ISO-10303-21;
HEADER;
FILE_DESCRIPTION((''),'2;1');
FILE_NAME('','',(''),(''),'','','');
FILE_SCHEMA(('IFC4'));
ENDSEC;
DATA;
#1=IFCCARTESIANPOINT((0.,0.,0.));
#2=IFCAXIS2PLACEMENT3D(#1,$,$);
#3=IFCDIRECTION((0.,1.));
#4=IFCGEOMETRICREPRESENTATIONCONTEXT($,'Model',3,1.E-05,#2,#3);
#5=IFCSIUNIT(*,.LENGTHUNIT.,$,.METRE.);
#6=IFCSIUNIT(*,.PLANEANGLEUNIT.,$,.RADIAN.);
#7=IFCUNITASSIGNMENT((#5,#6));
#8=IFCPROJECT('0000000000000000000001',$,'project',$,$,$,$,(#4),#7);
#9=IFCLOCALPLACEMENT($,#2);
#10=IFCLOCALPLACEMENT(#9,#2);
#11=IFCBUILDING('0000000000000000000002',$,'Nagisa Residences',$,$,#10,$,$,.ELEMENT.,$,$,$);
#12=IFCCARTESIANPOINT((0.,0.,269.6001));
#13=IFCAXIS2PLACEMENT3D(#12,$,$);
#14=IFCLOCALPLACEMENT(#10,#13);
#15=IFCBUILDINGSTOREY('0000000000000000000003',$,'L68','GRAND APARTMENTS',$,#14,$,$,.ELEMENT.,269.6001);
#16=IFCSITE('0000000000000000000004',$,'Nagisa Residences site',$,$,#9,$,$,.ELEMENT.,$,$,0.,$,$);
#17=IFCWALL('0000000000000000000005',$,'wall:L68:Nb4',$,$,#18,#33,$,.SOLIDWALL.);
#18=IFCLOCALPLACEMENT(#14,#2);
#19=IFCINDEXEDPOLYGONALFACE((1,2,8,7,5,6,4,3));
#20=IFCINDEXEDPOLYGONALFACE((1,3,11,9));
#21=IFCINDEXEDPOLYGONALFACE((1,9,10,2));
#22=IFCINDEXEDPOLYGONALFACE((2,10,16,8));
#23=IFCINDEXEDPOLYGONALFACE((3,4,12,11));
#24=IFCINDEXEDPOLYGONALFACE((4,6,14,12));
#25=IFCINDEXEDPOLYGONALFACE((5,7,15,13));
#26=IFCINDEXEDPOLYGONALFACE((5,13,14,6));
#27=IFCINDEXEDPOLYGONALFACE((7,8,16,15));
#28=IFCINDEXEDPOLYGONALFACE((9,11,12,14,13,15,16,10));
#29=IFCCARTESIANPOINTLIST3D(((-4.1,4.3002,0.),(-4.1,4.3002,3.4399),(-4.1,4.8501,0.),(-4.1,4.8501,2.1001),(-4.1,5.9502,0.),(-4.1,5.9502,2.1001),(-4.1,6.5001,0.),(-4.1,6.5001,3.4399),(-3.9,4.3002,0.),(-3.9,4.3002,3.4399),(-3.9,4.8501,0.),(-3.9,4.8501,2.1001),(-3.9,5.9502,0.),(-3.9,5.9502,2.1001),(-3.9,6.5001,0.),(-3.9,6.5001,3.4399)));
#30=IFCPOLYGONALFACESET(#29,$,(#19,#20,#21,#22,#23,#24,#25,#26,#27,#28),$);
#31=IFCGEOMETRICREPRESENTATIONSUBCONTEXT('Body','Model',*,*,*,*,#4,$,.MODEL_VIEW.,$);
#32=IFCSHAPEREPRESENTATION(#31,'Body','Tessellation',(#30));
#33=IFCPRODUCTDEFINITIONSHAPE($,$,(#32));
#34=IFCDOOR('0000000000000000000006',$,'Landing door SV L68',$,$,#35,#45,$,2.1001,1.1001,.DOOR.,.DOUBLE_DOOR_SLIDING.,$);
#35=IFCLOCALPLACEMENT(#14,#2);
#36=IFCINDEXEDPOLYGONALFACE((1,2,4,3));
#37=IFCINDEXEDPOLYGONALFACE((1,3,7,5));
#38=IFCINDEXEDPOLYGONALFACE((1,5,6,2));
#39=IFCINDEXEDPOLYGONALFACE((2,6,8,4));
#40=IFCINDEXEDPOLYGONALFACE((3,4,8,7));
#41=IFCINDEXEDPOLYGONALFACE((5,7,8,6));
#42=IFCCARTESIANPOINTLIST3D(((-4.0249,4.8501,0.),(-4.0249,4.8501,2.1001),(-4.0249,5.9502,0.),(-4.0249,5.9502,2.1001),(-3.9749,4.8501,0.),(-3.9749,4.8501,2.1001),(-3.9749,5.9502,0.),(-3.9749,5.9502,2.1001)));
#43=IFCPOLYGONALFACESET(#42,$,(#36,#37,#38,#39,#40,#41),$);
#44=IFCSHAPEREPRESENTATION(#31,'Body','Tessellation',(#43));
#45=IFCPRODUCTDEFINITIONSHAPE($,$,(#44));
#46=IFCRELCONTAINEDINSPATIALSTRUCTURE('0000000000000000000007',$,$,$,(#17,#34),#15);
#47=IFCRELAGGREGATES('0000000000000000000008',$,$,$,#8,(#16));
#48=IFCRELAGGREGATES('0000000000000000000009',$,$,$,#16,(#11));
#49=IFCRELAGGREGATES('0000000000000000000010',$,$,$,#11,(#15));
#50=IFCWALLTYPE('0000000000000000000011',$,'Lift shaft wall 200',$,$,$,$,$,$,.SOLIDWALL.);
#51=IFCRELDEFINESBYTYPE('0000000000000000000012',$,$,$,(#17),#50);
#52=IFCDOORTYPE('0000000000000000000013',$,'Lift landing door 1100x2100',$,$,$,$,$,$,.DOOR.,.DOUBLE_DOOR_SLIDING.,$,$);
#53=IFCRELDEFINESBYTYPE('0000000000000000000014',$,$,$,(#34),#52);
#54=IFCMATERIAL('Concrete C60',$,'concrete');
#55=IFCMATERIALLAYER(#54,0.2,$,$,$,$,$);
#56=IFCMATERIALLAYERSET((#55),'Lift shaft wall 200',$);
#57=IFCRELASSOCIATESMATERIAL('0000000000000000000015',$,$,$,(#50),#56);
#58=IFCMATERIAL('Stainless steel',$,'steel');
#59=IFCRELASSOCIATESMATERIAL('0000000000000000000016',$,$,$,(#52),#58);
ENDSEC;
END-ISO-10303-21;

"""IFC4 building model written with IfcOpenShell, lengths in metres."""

from ifc_helpers import new_model, si_unit, direction, frame, frame_2d, origin, place, context, subcontext, project, spatial, rectangle, extrude, material, layer, layer_set, type_object, element, fill, save


model = new_model("IFC4")

# Units and contexts
model_context = context("Model", 3, precision=1e-05, world=origin(), true_north=direction((0.0, 1.0)))
body_context = subcontext(model_context, "Body", "Model", "MODEL_VIEW")
ifc_project = project(units=[si_unit("LENGTHUNIT", "METRE"), si_unit("PLANEANGLEUNIT", "RADIAN")], contexts=[model_context])

# Site, building, storey
site_placement = place(None, origin())
site = spatial("IfcSite", under=ifc_project, at=site_placement, Name="Nagisa Residences site", CompositionType="ELEMENT", RefElevation=0.0)
building_placement = place(site_placement, origin())
building = spatial("IfcBuilding", under=site, at=building_placement, Name="Nagisa Residences", CompositionType="ELEMENT")
storey_placement = place(building_placement, frame((0.0, 0.0, 269.6001)))
storey = spatial("IfcBuildingStorey", under=building, at=storey_placement, Name="L68", Description="GRAND APARTMENTS", CompositionType="ELEMENT", Elevation=269.6001)

# Wall, opening, door
ifc_material_1 = material(Name="Concrete C60", Category="concrete")
ifc_layer_1 = layer(ifc_material_1, 0.2)
ifc_layer_set_1 = layer_set([ifc_layer_1], Name="Lift shaft wall 200")
wall_type_1 = type_object("IfcWallType", Name="Lift shaft wall 200", PredefinedType="SOLIDWALL", material=ifc_layer_set_1)
wall_1_placement = place(storey_placement, frame((-4.0, 4.3, 0.0), z_axis=(0.0, 0.0, 1.0), x_axis=(0.0, 1.0, 0.0)))
wall_1 = element("IfcWall", 1, at=wall_1_placement, inside=storey, type_object=wall_type_1, Name="wall:L68:Nb4", PredefinedType="SOLIDWALL", context=body_context, shape_type="SweptSolid", body=[
    extrude(rectangle(XDim=2.2, YDim=0.2, at=frame_2d((1.1001, 0.0))), origin(), (0.0, 0.0, 1.0), 3.4399),
])
opening_1_placement = place(wall_1_placement, frame((0.55, 0.0, 0.0)))
opening_1 = element("IfcOpeningElement", 2, at=opening_1_placement, cuts=wall_1, PredefinedType="OPENING", context=body_context, shape_type="SweptSolid", body=[
    extrude(rectangle(XDim=1.1001, YDim=2.1001, at=frame_2d((0.55, 1.05))), frame((0.0, 0.1099, 0.0), z_axis=(0.0, -1.0, 0.0), x_axis=(1.0, 0.0, 0.0)), (0.0, 0.0, 1.0), 0.22),
])
ifc_material_2 = material(Name="Stainless steel", Category="steel")
door_type_1 = type_object("IfcDoorType", Name="Lift landing door 1100x2100", OperationType="DOUBLE_DOOR_SLIDING", PredefinedType="DOOR", material=ifc_material_2)
door_1_placement = place(opening_1_placement, origin())
door_1 = element("IfcDoor", 3, at=door_1_placement, inside=storey, type_object=door_type_1, Name="Landing door SV L68", OperationType="DOUBLE_DOOR_SLIDING", OverallHeight=2.1001, OverallWidth=1.1001, PredefinedType="DOOR", context=body_context, shape_type="SweptSolid", body=[
    extrude(rectangle(XDim=1.1001, YDim=2.1001, at=frame_2d((0.55, 1.05))), frame((0.0, 0.0249, 0.0), z_axis=(0.0, -1.0, 0.0), x_axis=(1.0, 0.0, 0.0)), (0.0, 0.0, 1.0), 0.05),
])
fill(opening_1, door_1)

save(model, "model.ifc")
